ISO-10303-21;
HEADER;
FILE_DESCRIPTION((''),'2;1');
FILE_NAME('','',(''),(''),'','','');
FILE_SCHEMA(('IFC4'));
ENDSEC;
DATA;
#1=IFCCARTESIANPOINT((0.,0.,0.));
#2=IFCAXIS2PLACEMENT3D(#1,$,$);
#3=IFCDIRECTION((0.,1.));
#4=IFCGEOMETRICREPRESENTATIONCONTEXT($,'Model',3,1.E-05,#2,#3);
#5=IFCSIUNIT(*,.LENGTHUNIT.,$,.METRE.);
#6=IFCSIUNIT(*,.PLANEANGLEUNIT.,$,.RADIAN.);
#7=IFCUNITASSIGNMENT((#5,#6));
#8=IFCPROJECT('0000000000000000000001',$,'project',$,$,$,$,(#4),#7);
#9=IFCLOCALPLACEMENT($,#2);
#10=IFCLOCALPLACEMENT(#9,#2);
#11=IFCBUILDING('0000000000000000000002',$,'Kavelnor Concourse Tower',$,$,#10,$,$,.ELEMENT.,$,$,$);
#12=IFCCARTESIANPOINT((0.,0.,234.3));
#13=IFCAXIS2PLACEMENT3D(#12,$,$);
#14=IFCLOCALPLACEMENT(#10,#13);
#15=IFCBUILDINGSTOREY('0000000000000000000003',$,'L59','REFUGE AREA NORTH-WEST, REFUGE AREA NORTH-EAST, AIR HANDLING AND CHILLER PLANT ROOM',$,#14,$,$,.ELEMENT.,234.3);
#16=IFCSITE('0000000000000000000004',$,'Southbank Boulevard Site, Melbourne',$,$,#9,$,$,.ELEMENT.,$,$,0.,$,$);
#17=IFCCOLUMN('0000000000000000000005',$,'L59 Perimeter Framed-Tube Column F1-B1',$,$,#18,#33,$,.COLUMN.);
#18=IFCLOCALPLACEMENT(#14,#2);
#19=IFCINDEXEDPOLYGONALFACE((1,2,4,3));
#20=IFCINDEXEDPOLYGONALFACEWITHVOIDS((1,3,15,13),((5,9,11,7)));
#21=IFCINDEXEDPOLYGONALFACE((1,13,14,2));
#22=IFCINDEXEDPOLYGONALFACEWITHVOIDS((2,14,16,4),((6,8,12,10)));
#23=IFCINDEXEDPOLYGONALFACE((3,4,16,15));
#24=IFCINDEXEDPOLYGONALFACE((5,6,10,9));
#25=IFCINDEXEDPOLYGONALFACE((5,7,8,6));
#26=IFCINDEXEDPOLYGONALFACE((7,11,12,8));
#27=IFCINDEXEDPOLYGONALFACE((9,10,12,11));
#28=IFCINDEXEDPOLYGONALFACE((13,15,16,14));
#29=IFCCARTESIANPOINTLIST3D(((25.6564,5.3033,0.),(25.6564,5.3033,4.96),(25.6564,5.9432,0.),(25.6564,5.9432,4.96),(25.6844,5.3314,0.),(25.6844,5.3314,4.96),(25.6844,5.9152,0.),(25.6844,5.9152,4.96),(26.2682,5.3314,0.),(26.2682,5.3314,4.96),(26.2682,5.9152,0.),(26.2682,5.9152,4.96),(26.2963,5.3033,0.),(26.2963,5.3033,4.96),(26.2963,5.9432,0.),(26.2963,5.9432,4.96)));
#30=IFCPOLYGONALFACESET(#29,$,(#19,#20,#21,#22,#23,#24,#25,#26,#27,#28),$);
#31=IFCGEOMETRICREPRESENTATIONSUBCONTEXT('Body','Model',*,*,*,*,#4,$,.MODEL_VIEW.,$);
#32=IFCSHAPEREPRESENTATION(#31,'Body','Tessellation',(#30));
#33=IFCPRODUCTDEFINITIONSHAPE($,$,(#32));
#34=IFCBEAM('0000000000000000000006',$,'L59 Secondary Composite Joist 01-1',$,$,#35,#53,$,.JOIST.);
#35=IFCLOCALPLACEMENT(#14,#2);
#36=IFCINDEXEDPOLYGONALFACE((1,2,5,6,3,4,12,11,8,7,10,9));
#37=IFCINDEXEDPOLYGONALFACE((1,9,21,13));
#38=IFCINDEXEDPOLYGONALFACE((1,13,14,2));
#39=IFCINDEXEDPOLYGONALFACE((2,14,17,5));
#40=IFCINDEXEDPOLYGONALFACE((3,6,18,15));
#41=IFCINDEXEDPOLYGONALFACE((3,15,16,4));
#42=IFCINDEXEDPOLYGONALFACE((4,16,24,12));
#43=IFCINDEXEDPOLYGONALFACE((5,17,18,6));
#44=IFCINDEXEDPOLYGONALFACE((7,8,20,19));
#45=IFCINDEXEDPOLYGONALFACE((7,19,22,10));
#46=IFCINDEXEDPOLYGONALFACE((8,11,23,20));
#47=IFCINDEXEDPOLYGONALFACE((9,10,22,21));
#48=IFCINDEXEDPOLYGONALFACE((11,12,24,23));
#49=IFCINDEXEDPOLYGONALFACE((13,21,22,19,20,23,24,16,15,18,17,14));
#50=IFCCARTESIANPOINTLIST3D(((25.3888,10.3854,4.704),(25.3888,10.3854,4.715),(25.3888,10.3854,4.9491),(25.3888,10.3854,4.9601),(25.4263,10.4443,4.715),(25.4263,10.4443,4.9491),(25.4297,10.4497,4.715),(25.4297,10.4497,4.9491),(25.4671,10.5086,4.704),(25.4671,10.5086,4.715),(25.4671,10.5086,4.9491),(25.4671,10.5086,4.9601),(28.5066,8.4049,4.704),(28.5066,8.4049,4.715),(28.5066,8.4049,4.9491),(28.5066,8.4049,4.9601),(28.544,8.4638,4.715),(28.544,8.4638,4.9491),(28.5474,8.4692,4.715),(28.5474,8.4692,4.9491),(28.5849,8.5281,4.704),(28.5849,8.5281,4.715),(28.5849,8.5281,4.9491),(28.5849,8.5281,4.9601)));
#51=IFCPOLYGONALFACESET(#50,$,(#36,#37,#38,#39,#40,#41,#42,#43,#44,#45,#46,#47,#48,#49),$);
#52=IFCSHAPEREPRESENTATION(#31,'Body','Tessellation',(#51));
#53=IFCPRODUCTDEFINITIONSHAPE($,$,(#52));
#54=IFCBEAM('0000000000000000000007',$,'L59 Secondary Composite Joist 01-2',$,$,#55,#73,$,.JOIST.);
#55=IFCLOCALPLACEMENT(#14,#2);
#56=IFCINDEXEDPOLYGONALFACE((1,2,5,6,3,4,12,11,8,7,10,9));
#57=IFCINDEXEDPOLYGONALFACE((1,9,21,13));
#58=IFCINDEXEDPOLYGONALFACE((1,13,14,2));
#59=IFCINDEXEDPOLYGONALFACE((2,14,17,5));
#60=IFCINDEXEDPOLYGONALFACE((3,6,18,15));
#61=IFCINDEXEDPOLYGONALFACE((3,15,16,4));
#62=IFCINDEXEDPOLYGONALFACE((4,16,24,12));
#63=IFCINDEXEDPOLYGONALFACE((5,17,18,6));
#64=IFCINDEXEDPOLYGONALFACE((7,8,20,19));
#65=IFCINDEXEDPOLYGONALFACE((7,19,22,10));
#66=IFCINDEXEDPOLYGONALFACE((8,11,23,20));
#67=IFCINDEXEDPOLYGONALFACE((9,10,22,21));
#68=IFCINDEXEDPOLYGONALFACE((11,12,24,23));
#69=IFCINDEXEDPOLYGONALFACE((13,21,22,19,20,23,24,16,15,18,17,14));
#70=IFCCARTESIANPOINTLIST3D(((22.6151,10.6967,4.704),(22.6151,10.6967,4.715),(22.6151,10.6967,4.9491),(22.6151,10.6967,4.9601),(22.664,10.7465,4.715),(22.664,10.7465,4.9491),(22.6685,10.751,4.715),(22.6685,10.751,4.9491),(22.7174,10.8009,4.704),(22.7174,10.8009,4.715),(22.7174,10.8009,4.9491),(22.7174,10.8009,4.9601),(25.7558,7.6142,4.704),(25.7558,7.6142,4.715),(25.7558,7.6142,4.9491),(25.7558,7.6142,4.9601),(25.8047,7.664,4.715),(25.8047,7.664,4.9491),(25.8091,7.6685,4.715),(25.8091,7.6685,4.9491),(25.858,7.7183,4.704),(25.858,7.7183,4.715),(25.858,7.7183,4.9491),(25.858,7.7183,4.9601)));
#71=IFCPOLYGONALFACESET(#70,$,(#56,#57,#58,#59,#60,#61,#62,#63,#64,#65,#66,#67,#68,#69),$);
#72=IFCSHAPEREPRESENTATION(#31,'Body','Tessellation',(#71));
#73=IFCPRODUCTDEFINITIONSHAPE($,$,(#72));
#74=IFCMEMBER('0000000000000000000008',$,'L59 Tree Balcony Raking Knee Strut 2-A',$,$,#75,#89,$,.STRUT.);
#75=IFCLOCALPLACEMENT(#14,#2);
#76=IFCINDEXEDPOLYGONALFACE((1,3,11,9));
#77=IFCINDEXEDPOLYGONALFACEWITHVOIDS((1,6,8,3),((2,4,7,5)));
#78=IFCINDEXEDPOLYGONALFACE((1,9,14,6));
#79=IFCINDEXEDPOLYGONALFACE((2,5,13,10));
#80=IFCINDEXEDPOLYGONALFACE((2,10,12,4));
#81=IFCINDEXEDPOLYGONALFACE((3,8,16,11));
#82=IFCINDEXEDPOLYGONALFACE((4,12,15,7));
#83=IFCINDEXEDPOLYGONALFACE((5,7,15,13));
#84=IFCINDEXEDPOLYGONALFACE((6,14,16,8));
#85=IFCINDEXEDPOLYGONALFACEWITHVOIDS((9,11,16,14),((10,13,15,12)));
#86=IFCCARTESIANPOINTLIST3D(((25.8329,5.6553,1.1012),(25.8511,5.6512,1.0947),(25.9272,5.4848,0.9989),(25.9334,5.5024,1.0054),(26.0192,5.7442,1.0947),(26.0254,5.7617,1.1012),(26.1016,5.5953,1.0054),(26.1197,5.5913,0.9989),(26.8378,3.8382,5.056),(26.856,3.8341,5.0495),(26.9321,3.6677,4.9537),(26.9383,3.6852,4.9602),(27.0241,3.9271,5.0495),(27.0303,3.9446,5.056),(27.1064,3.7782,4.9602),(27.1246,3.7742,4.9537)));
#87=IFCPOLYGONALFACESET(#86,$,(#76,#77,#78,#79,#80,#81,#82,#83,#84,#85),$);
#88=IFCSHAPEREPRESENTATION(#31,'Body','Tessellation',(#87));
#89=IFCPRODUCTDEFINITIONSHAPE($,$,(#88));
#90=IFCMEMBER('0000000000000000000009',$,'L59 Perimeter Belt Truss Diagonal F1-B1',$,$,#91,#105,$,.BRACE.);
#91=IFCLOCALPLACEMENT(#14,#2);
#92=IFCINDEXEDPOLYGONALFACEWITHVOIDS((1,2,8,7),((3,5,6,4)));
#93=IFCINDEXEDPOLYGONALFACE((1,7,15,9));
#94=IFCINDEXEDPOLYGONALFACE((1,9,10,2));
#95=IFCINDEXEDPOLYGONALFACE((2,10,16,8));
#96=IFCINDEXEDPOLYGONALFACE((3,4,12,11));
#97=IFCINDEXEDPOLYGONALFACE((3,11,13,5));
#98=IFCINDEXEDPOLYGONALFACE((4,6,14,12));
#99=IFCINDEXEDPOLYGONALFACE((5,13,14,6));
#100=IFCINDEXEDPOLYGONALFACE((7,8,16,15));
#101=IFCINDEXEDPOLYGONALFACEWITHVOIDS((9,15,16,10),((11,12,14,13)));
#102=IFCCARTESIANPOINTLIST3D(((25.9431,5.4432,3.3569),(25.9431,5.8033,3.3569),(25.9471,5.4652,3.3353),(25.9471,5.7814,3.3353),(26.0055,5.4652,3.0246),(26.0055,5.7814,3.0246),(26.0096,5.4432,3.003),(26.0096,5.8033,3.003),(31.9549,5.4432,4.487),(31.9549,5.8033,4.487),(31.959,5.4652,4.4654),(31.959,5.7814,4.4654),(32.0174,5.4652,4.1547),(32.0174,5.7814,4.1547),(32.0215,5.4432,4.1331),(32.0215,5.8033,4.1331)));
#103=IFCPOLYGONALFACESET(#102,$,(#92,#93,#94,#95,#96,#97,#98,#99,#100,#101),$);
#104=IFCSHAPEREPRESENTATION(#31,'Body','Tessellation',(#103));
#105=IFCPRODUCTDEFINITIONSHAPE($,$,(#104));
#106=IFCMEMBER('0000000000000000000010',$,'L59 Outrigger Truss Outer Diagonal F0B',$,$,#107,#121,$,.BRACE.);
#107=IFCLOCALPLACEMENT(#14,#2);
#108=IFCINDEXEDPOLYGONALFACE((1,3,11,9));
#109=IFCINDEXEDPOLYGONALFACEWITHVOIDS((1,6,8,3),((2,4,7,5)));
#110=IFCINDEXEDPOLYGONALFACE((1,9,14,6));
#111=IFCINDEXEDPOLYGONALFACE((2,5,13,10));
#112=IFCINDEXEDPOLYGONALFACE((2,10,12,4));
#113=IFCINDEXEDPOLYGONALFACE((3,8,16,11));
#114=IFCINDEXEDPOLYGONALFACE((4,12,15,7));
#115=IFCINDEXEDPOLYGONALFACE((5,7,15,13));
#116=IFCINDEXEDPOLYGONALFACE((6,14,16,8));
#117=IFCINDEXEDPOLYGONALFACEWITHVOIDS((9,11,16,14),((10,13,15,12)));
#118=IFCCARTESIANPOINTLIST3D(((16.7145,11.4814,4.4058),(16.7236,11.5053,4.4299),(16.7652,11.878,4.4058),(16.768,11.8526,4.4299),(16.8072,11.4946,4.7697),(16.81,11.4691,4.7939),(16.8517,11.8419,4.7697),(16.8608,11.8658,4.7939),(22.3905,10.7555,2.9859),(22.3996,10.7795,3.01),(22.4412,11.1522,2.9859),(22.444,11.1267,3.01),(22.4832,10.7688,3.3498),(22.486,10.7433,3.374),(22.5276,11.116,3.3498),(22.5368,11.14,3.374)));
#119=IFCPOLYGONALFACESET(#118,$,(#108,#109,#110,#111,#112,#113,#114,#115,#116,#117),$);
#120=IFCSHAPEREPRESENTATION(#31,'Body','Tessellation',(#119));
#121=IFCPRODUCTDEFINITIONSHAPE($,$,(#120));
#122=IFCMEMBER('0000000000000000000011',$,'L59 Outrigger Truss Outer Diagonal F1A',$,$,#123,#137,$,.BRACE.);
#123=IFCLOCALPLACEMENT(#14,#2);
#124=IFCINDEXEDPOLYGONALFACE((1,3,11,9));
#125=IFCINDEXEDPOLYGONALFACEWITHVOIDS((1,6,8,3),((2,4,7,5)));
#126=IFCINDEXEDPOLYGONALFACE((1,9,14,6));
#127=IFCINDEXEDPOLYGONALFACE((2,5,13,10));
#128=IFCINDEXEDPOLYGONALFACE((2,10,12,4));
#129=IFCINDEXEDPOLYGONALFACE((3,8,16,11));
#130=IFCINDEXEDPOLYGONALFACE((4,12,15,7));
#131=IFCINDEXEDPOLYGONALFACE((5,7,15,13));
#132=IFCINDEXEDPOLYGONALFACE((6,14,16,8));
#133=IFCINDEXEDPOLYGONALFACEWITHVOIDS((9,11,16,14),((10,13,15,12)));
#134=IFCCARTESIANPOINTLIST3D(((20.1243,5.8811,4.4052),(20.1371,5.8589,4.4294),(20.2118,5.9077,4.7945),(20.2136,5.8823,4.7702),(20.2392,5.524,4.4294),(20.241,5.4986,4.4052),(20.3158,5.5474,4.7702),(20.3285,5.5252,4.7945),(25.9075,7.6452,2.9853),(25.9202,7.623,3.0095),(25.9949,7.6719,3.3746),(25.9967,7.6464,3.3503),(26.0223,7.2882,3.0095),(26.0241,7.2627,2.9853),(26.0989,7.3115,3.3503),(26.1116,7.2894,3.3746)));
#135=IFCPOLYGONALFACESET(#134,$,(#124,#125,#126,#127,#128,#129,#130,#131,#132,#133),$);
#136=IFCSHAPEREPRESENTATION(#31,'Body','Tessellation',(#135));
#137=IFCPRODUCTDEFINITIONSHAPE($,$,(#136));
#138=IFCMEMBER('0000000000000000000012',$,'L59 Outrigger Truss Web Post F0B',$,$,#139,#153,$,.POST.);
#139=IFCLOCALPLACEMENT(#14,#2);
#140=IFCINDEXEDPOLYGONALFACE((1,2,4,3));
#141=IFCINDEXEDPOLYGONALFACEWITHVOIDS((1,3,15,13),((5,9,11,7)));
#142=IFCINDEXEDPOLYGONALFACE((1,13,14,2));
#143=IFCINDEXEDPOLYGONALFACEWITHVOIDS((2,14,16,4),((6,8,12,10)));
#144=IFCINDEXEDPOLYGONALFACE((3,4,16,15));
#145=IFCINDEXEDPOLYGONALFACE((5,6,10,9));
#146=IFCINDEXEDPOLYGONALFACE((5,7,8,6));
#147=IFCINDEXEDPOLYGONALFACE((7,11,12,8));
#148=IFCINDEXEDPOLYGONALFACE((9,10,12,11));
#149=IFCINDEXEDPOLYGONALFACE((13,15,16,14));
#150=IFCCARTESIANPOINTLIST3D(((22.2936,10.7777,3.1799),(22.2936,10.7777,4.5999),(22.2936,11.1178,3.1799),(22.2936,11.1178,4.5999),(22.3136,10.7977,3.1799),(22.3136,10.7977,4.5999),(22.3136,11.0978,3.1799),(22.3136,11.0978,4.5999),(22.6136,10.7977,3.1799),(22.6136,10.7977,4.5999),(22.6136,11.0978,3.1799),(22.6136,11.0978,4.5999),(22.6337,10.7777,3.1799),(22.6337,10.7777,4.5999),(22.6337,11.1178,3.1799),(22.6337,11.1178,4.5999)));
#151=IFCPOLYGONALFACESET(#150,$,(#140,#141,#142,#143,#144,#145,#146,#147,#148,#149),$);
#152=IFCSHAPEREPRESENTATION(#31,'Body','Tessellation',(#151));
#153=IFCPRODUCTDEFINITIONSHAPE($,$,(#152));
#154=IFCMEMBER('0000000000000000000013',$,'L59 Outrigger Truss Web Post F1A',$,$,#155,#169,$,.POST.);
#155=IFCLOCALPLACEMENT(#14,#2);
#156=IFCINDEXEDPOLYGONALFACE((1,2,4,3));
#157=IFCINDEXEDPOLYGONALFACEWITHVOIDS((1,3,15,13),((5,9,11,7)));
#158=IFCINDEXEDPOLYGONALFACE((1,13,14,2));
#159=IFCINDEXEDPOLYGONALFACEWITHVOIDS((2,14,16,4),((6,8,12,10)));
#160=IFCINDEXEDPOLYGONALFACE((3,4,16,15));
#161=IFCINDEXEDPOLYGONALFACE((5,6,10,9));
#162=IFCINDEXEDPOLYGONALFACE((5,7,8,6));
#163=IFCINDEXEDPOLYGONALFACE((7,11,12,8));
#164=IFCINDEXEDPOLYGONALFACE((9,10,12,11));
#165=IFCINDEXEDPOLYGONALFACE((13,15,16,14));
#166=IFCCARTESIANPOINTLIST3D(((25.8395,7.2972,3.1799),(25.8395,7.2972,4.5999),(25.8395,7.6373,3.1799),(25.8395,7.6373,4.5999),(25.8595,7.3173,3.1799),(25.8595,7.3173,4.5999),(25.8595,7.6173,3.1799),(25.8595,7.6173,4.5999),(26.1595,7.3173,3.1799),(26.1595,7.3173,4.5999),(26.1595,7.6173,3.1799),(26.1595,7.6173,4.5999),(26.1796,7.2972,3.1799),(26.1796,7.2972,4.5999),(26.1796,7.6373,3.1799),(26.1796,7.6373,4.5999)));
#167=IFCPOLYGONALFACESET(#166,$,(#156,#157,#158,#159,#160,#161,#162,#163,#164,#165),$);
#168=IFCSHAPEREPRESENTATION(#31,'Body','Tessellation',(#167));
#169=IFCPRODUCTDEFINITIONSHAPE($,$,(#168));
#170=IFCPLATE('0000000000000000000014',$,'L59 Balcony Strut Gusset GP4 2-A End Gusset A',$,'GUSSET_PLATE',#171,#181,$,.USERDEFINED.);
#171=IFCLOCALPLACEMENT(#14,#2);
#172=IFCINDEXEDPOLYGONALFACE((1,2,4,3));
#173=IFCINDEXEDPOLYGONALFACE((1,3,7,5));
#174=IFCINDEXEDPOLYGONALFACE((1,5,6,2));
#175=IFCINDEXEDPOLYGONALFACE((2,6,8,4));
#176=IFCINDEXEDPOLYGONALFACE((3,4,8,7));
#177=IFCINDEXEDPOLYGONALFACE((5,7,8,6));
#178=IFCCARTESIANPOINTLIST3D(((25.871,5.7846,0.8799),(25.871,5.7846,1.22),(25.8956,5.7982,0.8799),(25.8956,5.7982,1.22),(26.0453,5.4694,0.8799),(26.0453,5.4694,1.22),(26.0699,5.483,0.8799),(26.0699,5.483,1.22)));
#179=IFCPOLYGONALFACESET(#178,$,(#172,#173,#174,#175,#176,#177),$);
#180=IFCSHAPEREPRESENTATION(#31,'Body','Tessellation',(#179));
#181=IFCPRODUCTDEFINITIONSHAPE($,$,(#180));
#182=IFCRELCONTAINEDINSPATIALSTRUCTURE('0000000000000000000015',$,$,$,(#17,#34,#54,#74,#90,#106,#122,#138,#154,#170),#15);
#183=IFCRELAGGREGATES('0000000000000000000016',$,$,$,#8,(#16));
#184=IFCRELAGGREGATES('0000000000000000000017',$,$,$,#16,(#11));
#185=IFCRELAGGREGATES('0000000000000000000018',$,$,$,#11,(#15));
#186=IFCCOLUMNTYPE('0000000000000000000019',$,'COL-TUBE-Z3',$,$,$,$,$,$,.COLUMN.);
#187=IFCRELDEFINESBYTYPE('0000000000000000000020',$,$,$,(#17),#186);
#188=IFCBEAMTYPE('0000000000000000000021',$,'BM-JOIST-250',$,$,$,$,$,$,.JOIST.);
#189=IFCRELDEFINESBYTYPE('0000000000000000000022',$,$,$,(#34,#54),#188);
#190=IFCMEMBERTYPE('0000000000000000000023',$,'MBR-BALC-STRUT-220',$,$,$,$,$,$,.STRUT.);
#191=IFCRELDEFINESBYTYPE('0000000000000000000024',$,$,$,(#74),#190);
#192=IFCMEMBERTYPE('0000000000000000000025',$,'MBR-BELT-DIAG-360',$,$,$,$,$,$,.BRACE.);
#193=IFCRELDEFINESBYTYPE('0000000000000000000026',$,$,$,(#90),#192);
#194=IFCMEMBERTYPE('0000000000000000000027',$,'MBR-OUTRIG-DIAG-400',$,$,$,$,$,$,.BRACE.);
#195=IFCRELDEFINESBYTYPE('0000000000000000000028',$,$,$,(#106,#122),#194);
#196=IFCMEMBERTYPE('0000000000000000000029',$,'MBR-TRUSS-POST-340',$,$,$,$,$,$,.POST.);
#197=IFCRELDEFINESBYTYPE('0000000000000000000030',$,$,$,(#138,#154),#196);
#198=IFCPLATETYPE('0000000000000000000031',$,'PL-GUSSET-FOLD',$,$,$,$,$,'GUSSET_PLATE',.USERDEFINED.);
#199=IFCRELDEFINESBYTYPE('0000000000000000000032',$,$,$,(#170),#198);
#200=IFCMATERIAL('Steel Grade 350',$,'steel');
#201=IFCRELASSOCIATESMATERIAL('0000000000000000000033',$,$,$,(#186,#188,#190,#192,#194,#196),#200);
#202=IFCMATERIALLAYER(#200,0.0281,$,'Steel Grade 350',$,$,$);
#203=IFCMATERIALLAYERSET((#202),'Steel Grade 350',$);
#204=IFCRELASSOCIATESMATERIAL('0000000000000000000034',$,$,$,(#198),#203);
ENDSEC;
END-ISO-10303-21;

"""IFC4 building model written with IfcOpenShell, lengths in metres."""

from ifc_helpers import new_model, si_unit, direction, frame, origin, origin_2d, place, context, subcontext, project, spatial, rectangle, hollow_rectangle, i_section, extrude, material, layer, layer_set, material_profile, profile_set, type_object, element, save


model = new_model("IFC4")

# Units and contexts
model_context = context("Model", 3, precision=1e-05, world=origin(), true_north=direction((0.0, 1.0)))
body_context = subcontext(model_context, "Body", "Model", "MODEL_VIEW")
ifc_project = project(units=[si_unit("LENGTHUNIT", "METRE"), si_unit("PLANEANGLEUNIT", "RADIAN")], contexts=[model_context])

# Site, building, storey
site_placement = place(None, origin())
site = spatial("IfcSite", under=ifc_project, at=site_placement, Name="Southbank Boulevard Site, Melbourne", CompositionType="ELEMENT", RefElevation=0.0)
building_placement = place(site_placement, origin())
building = spatial("IfcBuilding", under=site, at=building_placement, Name="Kavelnor Concourse Tower", CompositionType="ELEMENT")
storey_placement = place(building_placement, frame((0.0, 0.0, 234.3)))
storey = spatial("IfcBuildingStorey", under=building, at=storey_placement, Name="L59", Description="REFUGE AREA NORTH-WEST, REFUGE AREA NORTH-EAST, AIR HANDLING AND CHILLER PLANT ROOM", CompositionType="ELEMENT", Elevation=234.3)

# Column
ifc_material_1 = material(Name="Steel Grade 350", Category="steel")
ifc_material_profile_1 = material_profile(ifc_material_1, hollow_rectangle(XDim=0.6399, YDim=0.6399, WallThickness=0.0281, at=origin_2d()), Name="SHS 640x640x28")
ifc_profile_set_1 = profile_set([ifc_material_profile_1], Name="Steel Grade 350")
column_type = type_object("IfcColumnType", Name="COL-TUBE-Z3", PredefinedType="COLUMN", material=ifc_profile_set_1)
column_placement = place(storey_placement, frame((25.9763, 5.6233, 0.0), z_axis=(0.0, 0.0, 1.0), x_axis=(1.0, 0.0, 0.0)))
element("IfcColumn", 1, at=column_placement, inside=storey, type_object=column_type, Name="L59 Perimeter Framed-Tube Column F1-B1", PredefinedType="COLUMN", context=body_context, shape_type="SweptSolid", body=[
    extrude(hollow_rectangle(XDim=0.6399, YDim=0.6399, WallThickness=0.0281, at=origin_2d()), origin(), (0.0, 0.0, 1.0), 4.96),
])

# Beams
ifc_material_profile_2 = material_profile(ifc_material_1, i_section(OverallWidth=0.146, OverallDepth=0.2561, WebThickness=0.0063, FlangeThickness=0.011, at=origin_2d()), Name="250UB37")
ifc_profile_set_2 = profile_set([ifc_material_profile_2], Name="Steel Grade 350")
beam_type = type_object("IfcBeamType", Name="BM-JOIST-250", PredefinedType="JOIST", material=ifc_profile_set_2)
beam_1_placement = place(storey_placement, frame((25.428, 10.447, 4.832), z_axis=(0.844091, -0.5362, 0.0), x_axis=(0.5362, 0.844091, 0.0)))
element("IfcBeam", 2, at=beam_1_placement, inside=storey, type_object=beam_type, Name="L59 Secondary Composite Joist 01-1", PredefinedType="JOIST", context=body_context, shape_type="SweptSolid", body=[
    extrude(i_section(OverallWidth=0.146, OverallDepth=0.2561, WebThickness=0.0063, FlangeThickness=0.011, at=origin_2d()), origin(), (0.0, 0.0, 1.0), 3.6936),
])
beam_2_placement = place(storey_placement, frame((22.6663, 10.7488, 4.832), z_axis=(0.713678, -0.700474, 0.0), x_axis=(0.700474, 0.713678, 0.0)))
element("IfcBeam", 3, at=beam_2_placement, inside=storey, type_object=beam_type, Name="L59 Secondary Composite Joist 01-2", PredefinedType="JOIST", context=body_context, shape_type="SweptSolid", body=[
    extrude(i_section(OverallWidth=0.146, OverallDepth=0.2561, WebThickness=0.0063, FlangeThickness=0.011, at=origin_2d()), origin(), (0.0, 0.0, 1.0), 4.4006),
])

# Members
ifc_material_profile_3 = material_profile(ifc_material_1, hollow_rectangle(XDim=0.22, YDim=0.22, WallThickness=0.0139, at=origin_2d()), Name="SHS 220x220x14")
ifc_profile_set_3 = profile_set([ifc_material_profile_3], Name="Steel Grade 350")
member_type_1 = type_object("IfcMemberType", Name="MBR-BALC-STRUT-220", PredefinedType="STRUT", material=ifc_profile_set_3)
member_1_placement = place(storey_placement, frame((25.9763, 5.6233, 1.05), z_axis=(0.224966, -0.406808, 0.88538), x_axis=(0.875104, 0.483935, 0.0)))
element("IfcMember", 4, at=member_1_placement, inside=storey, type_object=member_type_1, Name="L59 Tree Balcony Raking Knee Strut 2-A", PredefinedType="STRUT", context=body_context, shape_type="SweptSolid", body=[
    extrude(hollow_rectangle(XDim=0.22, YDim=0.22, WallThickness=0.0139, at=origin_2d()), origin(), (0.0, 0.0, 1.0), 4.4668),
])
ifc_material_profile_4 = material_profile(ifc_material_1, hollow_rectangle(XDim=0.3601, YDim=0.3601, WallThickness=0.022, at=origin_2d()), Name="SHS 360x360x22")
ifc_profile_set_4 = profile_set([ifc_material_profile_4], Name="Steel Grade 350")
member_type_2 = type_object("IfcMemberType", Name="MBR-BELT-DIAG-360", PredefinedType="BRACE", material=ifc_profile_set_4)
member_2_placement = place(storey_placement, frame((25.9763, 5.6233, 3.1799), z_axis=(0.982787, 0.0, 0.184744), x_axis=(0.0, 1.0, 0.0)))
element("IfcMember", 5, at=member_2_placement, inside=storey, type_object=member_type_2, Name="L59 Perimeter Belt Truss Diagonal F1-B1", PredefinedType="BRACE", context=body_context, shape_type="SweptSolid", body=[
    extrude(hollow_rectangle(XDim=0.3601, YDim=0.3601, WallThickness=0.022, at=origin_2d()), origin(), (0.0, 0.0, 1.0), 6.1172),
])
ifc_material_profile_5 = material_profile(ifc_material_1, hollow_rectangle(XDim=0.3999, YDim=0.3999, WallThickness=0.0249, at=origin_2d()), Name="SHS 400x400x25")
ifc_profile_set_5 = profile_set([ifc_material_profile_5], Name="Steel Grade 350")
member_type_3 = type_object("IfcMemberType", Name="MBR-OUTRIG-DIAG-400", PredefinedType="BRACE", material=ifc_profile_set_5)
member_3_placement = place(storey_placement, frame((22.4636, 10.9478, 3.1799), z_axis=(-0.962726, 0.12311, 0.240837), x_axis=(-0.126844, -0.991923, 0.0)))
element("IfcMember", 6, at=member_3_placement, inside=storey, type_object=member_type_3, Name="L59 Outrigger Truss Outer Diagonal F0B", PredefinedType="BRACE", context=body_context, shape_type="SweptSolid", body=[
    extrude(hollow_rectangle(XDim=0.3999, YDim=0.3999, WallThickness=0.0249, at=origin_2d()), origin(), (0.0, 0.0, 1.0), 5.8958),
])
member_4_placement = place(storey_placement, frame((26.0095, 7.4673, 3.1799), z_axis=(-0.931155, -0.284048, 0.228622), x_axis=(0.291775, -0.956487, 0.0)))
element("IfcMember", 7, at=member_4_placement, inside=storey, type_object=member_type_3, Name="L59 Outrigger Truss Outer Diagonal F1A", PredefinedType="BRACE", context=body_context, shape_type="SweptSolid", body=[
    extrude(hollow_rectangle(XDim=0.3999, YDim=0.3999, WallThickness=0.0249, at=origin_2d()), origin(), (0.0, 0.0, 1.0), 6.2107),
])
ifc_material_profile_6 = material_profile(ifc_material_1, hollow_rectangle(XDim=0.3401, YDim=0.3401, WallThickness=0.02, at=origin_2d()), Name="SHS 340x340x20")
ifc_profile_set_6 = profile_set([ifc_material_profile_6], Name="Steel Grade 350")
member_type_4 = type_object("IfcMemberType", Name="MBR-TRUSS-POST-340", PredefinedType="POST", material=ifc_profile_set_6)
for number, where, z_axis, x_axis, name in (
    (8, (22.4636, 10.9478, 3.1799), (0.0, 0.0, 1.0), (1.0, 0.0, 0.0), "L59 Outrigger Truss Web Post F0B"),
    (9, (26.0095, 7.4673, 3.1799), (0.0, 0.0, 1.0), (1.0, 0.0, 0.0), "L59 Outrigger Truss Web Post F1A"),
):
    element("IfcMember", number, at=place(storey_placement, frame(where, z_axis=z_axis, x_axis=x_axis)), inside=storey, type_object=member_type_4, Name=name, PredefinedType="POST", context=body_context, shape_type="SweptSolid", body=[
        extrude(hollow_rectangle(XDim=0.3401, YDim=0.3401, WallThickness=0.02, at=origin_2d()), origin(), (0.0, 0.0, 1.0), 1.4199),
    ])

# Plate
ifc_layer_1 = layer(ifc_material_1, 0.0281, Name="Steel Grade 350")
ifc_layer_set_1 = layer_set([ifc_layer_1], Name="Steel Grade 350")
plate_type_1 = type_object("IfcPlateType", Name="PL-GUSSET-FOLD", ElementType="GUSSET_PLATE", PredefinedType="USERDEFINED", material=ifc_layer_set_1)
plate_1_placement = place(storey_placement, frame((25.9705, 5.6338, 0.8799), z_axis=(0.0, 0.0, 1.0), x_axis=(0.483893, -0.875127, 0.0)))
element("IfcPlate", 10, at=plate_1_placement, inside=storey, type_object=plate_type_1, Name="L59 Balcony Strut Gusset GP4 2-A End Gusset A", ObjectType="GUSSET_PLATE", PredefinedType="USERDEFINED", context=body_context, shape_type="SweptSolid", body=[
    extrude(rectangle(XDim=0.3601, YDim=0.0281, at=origin_2d()), origin(), (0.0, 0.0, 1.0), 0.3401),
])

save(model, "model.ifc")
